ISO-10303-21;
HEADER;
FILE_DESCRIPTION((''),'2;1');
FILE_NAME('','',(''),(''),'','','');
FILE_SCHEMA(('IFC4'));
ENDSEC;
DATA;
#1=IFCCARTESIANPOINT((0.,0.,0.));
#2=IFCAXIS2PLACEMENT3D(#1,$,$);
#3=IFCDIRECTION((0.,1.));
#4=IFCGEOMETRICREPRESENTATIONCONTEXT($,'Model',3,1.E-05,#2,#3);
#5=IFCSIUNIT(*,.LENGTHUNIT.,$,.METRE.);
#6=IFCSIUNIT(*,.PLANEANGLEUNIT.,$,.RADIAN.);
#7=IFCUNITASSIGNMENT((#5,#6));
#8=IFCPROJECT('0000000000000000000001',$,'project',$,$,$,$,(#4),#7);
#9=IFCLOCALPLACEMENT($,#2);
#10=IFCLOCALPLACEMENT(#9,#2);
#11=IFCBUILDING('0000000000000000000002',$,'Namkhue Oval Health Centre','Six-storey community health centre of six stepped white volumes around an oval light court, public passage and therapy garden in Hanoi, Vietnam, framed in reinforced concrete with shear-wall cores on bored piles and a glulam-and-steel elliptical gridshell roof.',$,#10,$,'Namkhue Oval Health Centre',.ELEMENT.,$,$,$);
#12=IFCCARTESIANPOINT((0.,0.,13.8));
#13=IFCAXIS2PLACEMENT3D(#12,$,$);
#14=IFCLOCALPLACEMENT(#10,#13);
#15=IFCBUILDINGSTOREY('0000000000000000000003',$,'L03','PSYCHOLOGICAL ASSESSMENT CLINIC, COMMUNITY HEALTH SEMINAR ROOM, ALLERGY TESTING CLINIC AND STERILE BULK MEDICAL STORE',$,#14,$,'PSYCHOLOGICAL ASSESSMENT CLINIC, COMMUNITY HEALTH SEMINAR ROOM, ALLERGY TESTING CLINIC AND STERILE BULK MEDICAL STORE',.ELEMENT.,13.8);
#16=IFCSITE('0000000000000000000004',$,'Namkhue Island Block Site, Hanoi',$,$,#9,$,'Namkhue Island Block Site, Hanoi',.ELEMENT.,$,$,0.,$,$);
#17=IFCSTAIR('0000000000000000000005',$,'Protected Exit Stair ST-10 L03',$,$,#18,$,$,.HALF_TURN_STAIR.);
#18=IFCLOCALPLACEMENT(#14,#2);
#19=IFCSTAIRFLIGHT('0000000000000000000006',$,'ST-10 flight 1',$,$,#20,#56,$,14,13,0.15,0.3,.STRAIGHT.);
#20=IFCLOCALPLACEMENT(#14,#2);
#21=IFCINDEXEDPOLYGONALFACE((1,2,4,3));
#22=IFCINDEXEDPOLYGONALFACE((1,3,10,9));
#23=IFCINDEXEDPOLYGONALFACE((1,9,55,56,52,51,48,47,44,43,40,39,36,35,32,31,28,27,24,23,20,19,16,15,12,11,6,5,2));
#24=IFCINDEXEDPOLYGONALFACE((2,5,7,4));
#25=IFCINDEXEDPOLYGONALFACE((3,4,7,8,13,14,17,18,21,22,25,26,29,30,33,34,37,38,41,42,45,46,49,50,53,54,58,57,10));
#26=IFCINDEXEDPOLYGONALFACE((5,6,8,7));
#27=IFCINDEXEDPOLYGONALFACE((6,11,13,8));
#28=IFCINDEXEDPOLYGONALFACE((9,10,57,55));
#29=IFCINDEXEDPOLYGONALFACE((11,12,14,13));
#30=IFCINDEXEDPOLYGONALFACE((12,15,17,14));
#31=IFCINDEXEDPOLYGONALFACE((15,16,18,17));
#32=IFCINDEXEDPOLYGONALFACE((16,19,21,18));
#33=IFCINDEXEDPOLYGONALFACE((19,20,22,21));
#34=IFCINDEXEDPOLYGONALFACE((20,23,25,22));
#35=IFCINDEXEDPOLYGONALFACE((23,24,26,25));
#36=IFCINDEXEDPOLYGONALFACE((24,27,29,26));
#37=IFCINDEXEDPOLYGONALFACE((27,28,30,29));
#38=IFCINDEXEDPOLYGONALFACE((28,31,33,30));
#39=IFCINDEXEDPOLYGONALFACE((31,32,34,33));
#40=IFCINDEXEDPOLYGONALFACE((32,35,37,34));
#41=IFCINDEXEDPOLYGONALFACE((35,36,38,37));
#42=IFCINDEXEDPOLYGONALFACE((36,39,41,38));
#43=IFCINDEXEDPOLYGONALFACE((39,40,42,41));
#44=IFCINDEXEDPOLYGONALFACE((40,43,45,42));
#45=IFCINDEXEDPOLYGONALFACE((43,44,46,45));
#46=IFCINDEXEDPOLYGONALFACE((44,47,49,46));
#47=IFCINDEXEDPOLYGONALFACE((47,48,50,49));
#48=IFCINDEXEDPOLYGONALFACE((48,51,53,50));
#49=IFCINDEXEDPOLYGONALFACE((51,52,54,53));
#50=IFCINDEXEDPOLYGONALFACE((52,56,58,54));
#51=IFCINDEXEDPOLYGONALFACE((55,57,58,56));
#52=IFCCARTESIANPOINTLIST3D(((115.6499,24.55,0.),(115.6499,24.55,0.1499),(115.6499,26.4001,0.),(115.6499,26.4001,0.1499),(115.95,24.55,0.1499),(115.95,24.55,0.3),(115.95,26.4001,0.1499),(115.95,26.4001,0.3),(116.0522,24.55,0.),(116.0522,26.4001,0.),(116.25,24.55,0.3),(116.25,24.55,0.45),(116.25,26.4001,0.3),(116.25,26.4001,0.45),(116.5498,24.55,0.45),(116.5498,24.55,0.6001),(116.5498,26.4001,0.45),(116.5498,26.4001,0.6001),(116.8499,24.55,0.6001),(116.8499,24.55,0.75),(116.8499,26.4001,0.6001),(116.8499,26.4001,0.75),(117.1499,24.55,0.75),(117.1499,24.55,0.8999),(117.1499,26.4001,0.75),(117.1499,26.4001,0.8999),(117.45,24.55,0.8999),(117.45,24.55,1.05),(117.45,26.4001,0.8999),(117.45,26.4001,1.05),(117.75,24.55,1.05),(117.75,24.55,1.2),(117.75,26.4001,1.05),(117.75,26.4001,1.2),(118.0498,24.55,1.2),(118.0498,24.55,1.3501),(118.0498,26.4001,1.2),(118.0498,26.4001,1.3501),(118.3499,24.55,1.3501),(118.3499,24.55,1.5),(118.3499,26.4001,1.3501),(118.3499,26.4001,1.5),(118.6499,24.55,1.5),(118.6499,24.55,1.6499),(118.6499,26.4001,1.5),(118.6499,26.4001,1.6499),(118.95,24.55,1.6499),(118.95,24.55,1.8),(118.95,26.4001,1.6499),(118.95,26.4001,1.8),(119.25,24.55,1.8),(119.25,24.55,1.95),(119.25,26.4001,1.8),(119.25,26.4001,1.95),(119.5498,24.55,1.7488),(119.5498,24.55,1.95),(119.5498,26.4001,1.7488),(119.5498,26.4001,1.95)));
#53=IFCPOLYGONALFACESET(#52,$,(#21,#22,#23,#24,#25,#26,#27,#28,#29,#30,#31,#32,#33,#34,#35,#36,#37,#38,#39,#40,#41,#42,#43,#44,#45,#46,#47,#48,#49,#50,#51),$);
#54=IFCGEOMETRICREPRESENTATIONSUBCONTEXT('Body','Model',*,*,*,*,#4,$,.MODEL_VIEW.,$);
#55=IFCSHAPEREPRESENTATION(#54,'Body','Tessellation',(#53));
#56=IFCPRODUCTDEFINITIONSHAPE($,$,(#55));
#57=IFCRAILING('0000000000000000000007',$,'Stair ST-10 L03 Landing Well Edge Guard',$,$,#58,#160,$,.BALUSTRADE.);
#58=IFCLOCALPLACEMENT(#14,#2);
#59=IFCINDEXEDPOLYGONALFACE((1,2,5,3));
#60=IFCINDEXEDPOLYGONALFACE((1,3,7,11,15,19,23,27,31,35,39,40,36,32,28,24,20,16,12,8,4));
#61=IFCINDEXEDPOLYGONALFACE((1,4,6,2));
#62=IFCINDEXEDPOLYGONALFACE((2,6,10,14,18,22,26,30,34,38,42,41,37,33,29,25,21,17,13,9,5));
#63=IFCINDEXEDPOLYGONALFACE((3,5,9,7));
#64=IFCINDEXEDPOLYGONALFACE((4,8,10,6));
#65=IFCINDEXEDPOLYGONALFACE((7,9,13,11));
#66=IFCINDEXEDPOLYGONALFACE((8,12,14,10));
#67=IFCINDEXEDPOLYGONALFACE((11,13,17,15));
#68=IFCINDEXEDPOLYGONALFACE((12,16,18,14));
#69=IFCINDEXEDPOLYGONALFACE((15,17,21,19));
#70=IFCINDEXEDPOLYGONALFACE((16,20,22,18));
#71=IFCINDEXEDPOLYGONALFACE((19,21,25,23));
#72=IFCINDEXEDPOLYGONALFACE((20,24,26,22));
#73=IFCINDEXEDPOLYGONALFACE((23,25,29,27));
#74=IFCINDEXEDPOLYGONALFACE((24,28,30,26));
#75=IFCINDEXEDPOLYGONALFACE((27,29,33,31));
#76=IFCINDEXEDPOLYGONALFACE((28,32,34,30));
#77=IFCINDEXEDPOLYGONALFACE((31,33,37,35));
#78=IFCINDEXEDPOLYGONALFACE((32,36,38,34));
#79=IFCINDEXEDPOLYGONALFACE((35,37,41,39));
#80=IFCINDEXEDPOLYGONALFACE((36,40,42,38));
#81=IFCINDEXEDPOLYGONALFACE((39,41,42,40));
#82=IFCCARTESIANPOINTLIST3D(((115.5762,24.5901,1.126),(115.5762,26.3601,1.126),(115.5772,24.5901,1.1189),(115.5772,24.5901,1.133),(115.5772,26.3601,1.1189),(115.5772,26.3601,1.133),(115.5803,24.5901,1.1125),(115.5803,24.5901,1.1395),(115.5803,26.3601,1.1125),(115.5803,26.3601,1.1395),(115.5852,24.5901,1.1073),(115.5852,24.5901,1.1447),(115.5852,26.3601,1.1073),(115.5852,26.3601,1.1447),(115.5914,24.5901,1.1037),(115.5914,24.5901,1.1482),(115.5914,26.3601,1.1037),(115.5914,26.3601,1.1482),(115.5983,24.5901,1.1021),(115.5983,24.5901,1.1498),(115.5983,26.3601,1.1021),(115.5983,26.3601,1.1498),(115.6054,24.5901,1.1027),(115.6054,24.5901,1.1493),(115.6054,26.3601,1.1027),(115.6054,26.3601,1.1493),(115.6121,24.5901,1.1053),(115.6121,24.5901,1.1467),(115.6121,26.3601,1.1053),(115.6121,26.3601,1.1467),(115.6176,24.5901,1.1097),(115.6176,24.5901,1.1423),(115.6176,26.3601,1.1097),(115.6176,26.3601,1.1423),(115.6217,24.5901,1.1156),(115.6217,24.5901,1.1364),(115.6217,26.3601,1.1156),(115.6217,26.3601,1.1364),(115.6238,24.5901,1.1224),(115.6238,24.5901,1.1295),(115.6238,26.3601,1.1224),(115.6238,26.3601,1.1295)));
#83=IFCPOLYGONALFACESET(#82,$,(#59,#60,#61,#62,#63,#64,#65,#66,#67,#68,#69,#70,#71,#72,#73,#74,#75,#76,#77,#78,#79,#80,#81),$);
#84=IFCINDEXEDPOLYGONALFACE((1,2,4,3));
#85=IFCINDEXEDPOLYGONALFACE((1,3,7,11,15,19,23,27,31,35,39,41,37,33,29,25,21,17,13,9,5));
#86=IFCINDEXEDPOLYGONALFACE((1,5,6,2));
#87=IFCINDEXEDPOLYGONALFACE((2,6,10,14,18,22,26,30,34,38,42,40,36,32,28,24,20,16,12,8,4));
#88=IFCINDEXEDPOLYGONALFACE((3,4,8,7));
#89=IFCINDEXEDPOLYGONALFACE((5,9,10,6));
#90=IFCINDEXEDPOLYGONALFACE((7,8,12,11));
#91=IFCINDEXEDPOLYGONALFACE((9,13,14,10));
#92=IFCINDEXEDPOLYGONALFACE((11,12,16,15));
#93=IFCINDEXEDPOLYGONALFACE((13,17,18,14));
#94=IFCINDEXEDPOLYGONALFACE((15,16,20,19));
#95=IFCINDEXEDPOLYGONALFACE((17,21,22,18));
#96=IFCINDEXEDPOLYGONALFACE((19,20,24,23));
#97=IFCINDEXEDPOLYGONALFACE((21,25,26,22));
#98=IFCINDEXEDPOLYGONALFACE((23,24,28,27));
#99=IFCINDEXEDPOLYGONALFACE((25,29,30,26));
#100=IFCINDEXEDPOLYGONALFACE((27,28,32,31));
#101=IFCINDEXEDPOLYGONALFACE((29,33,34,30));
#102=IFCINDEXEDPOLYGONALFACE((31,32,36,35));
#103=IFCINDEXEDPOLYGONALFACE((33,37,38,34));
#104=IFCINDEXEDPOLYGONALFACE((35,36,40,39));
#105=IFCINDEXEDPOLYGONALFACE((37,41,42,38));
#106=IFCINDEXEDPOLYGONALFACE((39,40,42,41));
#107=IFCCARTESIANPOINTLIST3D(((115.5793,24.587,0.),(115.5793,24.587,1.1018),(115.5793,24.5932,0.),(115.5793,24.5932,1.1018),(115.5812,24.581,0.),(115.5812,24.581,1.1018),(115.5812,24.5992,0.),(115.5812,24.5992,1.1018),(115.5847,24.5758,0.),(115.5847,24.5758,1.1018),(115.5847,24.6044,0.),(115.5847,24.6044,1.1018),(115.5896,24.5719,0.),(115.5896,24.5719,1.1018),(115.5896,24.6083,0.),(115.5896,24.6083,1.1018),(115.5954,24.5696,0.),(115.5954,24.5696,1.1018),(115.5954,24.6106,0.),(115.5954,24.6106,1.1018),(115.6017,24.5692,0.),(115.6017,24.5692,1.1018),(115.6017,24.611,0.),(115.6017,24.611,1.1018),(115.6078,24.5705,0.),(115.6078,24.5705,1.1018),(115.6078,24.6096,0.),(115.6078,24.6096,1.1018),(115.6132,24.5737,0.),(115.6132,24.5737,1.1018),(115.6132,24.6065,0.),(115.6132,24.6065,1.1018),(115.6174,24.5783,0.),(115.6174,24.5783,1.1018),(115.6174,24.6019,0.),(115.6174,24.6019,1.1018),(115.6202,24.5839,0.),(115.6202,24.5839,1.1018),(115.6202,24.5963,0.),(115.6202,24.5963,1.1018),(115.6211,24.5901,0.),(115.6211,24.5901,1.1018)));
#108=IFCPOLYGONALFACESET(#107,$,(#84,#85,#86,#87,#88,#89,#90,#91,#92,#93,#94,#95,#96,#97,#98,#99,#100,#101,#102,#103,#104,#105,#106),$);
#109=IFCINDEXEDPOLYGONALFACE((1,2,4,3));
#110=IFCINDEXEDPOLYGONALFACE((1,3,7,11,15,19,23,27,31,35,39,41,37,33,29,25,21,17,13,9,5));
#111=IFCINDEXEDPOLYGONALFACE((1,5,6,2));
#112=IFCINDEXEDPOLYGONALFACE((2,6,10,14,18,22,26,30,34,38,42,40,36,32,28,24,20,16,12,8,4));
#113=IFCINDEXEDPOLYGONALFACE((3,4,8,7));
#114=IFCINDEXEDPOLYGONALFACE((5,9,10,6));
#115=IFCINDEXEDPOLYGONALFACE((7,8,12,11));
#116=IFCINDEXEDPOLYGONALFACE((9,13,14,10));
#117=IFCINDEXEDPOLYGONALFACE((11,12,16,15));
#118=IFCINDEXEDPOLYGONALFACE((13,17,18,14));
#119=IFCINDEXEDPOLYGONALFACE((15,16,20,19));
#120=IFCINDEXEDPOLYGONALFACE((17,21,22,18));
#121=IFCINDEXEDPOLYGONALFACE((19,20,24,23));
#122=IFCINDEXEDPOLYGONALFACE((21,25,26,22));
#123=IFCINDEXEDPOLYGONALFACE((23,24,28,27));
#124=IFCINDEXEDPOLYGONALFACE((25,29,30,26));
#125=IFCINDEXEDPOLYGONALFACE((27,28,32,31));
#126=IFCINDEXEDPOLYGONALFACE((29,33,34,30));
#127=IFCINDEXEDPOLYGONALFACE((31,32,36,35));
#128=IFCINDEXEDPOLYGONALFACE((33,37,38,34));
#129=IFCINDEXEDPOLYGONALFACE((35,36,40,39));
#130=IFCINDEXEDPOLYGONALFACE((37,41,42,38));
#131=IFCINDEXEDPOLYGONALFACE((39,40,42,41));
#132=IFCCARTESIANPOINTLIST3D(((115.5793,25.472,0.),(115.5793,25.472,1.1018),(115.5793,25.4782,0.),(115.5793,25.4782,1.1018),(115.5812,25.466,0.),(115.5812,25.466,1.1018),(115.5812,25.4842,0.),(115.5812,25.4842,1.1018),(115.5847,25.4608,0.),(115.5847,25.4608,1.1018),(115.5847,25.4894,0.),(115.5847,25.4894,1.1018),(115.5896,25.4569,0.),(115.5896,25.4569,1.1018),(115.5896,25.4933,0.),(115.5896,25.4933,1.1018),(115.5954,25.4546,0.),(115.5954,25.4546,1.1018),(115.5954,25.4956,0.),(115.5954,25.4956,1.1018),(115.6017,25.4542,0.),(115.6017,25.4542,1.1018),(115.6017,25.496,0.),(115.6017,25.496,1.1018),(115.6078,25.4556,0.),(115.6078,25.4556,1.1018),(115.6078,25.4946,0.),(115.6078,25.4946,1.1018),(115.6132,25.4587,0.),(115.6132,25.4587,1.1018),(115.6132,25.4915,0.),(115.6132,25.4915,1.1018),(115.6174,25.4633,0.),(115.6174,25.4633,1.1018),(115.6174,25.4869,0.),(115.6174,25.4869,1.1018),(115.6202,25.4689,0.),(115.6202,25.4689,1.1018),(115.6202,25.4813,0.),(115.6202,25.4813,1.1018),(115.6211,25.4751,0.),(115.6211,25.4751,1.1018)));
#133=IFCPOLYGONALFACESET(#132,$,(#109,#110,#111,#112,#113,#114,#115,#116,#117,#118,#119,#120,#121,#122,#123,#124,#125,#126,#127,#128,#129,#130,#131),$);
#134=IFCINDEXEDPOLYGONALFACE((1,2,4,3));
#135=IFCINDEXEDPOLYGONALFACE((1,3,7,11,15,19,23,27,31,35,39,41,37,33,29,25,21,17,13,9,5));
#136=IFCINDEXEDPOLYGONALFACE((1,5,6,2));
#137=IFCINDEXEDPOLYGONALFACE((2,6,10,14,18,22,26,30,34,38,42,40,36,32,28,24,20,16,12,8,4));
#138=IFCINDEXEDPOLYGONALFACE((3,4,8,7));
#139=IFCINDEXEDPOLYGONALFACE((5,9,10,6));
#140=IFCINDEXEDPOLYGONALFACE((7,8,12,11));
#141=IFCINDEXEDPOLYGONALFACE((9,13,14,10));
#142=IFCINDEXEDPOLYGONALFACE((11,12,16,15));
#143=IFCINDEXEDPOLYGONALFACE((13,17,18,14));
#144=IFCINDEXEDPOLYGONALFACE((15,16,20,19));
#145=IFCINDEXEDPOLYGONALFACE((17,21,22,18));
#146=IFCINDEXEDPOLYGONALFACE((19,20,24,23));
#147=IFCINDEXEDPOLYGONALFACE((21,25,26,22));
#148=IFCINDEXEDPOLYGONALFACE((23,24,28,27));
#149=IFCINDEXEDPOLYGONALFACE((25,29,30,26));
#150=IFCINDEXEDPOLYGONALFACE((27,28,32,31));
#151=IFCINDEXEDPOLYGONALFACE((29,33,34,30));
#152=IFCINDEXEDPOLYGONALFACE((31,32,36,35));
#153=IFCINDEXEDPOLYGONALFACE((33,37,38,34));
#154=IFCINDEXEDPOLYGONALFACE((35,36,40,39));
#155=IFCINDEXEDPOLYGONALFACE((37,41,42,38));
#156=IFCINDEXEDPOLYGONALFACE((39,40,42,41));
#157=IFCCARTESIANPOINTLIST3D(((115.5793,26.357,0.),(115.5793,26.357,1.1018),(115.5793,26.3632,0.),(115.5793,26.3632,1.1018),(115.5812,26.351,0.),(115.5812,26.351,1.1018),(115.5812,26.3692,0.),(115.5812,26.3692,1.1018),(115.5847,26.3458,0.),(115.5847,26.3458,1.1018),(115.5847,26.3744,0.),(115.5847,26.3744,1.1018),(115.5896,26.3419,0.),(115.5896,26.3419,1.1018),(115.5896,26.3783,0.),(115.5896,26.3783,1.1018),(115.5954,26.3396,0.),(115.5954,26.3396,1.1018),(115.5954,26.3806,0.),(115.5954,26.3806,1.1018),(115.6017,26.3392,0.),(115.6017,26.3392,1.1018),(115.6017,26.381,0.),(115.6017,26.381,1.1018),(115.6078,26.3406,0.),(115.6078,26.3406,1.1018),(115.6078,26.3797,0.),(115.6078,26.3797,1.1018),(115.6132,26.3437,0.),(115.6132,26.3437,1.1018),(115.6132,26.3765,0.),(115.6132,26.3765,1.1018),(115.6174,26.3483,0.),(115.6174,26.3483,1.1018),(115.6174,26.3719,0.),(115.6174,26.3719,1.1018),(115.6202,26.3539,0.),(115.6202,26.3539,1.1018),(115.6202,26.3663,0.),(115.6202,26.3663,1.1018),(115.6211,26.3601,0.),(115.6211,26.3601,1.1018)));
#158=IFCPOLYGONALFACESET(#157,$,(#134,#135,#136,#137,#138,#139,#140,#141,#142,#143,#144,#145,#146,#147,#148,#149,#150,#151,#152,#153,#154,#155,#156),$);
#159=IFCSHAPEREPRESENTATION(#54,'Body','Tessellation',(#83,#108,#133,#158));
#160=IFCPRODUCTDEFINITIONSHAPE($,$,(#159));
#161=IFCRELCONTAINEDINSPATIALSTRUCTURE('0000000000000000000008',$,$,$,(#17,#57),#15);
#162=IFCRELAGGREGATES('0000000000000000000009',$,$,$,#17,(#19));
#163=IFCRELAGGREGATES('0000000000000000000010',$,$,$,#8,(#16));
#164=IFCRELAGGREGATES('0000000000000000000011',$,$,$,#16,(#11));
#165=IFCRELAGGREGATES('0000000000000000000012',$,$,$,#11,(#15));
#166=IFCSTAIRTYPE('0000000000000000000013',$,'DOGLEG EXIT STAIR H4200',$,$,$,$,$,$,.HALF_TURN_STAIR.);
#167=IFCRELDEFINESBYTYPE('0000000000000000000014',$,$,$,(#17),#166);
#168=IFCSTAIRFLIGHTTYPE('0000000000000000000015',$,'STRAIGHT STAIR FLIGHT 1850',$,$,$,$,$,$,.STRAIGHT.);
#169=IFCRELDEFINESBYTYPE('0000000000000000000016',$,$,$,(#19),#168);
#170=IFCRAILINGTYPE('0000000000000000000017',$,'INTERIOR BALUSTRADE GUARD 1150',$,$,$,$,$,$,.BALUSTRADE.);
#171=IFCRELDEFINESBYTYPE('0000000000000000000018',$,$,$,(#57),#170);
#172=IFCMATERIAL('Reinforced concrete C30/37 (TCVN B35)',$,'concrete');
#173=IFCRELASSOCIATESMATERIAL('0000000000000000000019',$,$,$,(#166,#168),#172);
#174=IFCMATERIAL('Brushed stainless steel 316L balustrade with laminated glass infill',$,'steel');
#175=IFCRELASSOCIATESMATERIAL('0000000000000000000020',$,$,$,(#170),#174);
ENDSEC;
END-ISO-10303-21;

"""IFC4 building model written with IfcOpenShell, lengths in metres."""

from ifc_helpers import new_model, si_unit, direction, frame, origin, origin_2d, place, context, subcontext, project, spatial, polyline, circle, outline, extrude, material, type_object, element, aggregate, save


model = new_model("IFC4")

# Units and contexts
model_context = context("Model", 3, precision=1e-05, world=origin(), true_north=direction((0.0, 1.0)))
body_context = subcontext(model_context, "Body", "Model", "MODEL_VIEW")
ifc_project = project(units=[si_unit("LENGTHUNIT", "METRE"), si_unit("PLANEANGLEUNIT", "RADIAN")], contexts=[model_context])

# Site, building, storey
site_placement = place(None, origin())
site = spatial("IfcSite", under=ifc_project, at=site_placement, Name="Namkhue Island Block Site, Hanoi", LongName="Namkhue Island Block Site, Hanoi", CompositionType="ELEMENT", RefElevation=0.0)
building_placement = place(site_placement, origin())
building = spatial("IfcBuilding", under=site, at=building_placement, Name="Namkhue Oval Health Centre", Description="Six-storey community health centre of six stepped white volumes around an oval light court, public passage and therapy garden in Hanoi, Vietnam, framed in reinforced concrete with shear-wall cores on bored piles and a glulam-and-steel elliptical gridshell roof.", LongName="Namkhue Oval Health Centre", CompositionType="ELEMENT")
storey_placement = place(building_placement, frame((0.0, 0.0, 13.8)))
storey = spatial("IfcBuildingStorey", under=building, at=storey_placement, Name="L03", Description="PSYCHOLOGICAL ASSESSMENT CLINIC, COMMUNITY HEALTH SEMINAR ROOM, ALLERGY TESTING CLINIC AND STERILE BULK MEDICAL STORE", LongName="PSYCHOLOGICAL ASSESSMENT CLINIC, COMMUNITY HEALTH SEMINAR ROOM, ALLERGY TESTING CLINIC AND STERILE BULK MEDICAL STORE", CompositionType="ELEMENT", Elevation=13.8)

# Stair, stair flight
ifc_material_1 = material(Name="Reinforced concrete C30/37 (TCVN B35)", Category="concrete")
stair_type = type_object("IfcStairType", Name="DOGLEG EXIT STAIR H4200", PredefinedType="HALF_TURN_STAIR", material=ifc_material_1)
stair_placement = place(storey_placement, origin())
stair = element("IfcStair", 1, at=stair_placement, inside=storey, type_object=stair_type, Name="Protected Exit Stair ST-10 L03", PredefinedType="HALF_TURN_STAIR")
stair_flight_type = type_object("IfcStairFlightType", Name="STRAIGHT STAIR FLIGHT 1850", PredefinedType="STRAIGHT", material=ifc_material_1)
stair_flight_placement = place(storey_placement, frame((115.6499, 25.4751, 0.0), z_axis=(0.0, 0.0, 1.0), x_axis=(1.0, 0.0, 0.0)))
stair_flight = element("IfcStairFlight", 2, at=stair_flight_placement, type_object=stair_flight_type, Name="ST-10 flight 1", NumberOfRisers=14, NumberOfTreads=13, PredefinedType="STRAIGHT", RiserHeight=0.15, TreadLength=0.3, context=body_context, shape_type="SweptSolid", body=[
    extrude(outline(polyline([(0.0, 0.0), (0.0, 0.1499), (0.3, 0.1499), (0.3, 0.3), (0.6001, 0.3), (0.6001, 0.45), (0.8999, 0.45), (0.8999, 0.6001), (1.2, 0.6001), (1.2, 0.75), (1.5, 0.75), (1.5, 0.8999), (1.8, 0.8999), (1.8, 1.05), (2.1001, 1.05), (2.1001, 1.2), (2.3999, 1.2), (2.3999, 1.3501), (2.7, 1.3501), (2.7, 1.5), (3.0, 1.5), (3.0, 1.6499), (3.3, 1.6499), (3.3, 1.8), (3.6001, 1.8), (3.6001, 1.95), (3.8999, 1.95), (3.8999, 2.1001), (3.8999, 1.7488), (0.4023, 0.0), (0.0, 0.0)])), frame((0.0, 0.925, 0.0), z_axis=(0.0, -1.0, 0.0), x_axis=(1.0, 0.0, 0.0)), (0.0, 0.0, 1.0), 1.8501),
])
aggregate(stair, [stair_flight])

# Railing
ifc_material_2 = material(Name="Brushed stainless steel 316L balustrade with laminated glass infill", Category="steel")
railing_type_1 = type_object("IfcRailingType", Name="INTERIOR BALUSTRADE GUARD 1150", PredefinedType="BALUSTRADE", material=ifc_material_2)
railing_1_placement = place(storey_placement, frame((115.6001, 24.5901, 0.0)))
element("IfcRailing", 3, at=railing_1_placement, inside=storey, type_object=railing_type_1, Name="Stair ST-10 L03 Landing Well Edge Guard", PredefinedType="BALUSTRADE", context=body_context, shape_type="SweptSolid", body=[
    extrude(circle(Radius=0.0239, at=origin_2d()), frame((0.0, 0.0, 1.126), z_axis=(0.0, 1.0, 0.0), x_axis=(-1.0, 0.0, 0.0)), (0.0, 0.0, 1.0), 1.77),
    extrude(circle(Radius=0.021, at=origin_2d()), origin(), (0.0, 0.0, 1.0), 1.1018),
    extrude(circle(Radius=0.021, at=origin_2d()), frame((0.0, 0.885, 0.0)), (0.0, 0.0, 1.0), 1.1018),
    extrude(circle(Radius=0.021, at=origin_2d()), frame((0.0, 1.77, 0.0)), (0.0, 0.0, 1.0), 1.1018),
])

save(model, "model.ifc")
